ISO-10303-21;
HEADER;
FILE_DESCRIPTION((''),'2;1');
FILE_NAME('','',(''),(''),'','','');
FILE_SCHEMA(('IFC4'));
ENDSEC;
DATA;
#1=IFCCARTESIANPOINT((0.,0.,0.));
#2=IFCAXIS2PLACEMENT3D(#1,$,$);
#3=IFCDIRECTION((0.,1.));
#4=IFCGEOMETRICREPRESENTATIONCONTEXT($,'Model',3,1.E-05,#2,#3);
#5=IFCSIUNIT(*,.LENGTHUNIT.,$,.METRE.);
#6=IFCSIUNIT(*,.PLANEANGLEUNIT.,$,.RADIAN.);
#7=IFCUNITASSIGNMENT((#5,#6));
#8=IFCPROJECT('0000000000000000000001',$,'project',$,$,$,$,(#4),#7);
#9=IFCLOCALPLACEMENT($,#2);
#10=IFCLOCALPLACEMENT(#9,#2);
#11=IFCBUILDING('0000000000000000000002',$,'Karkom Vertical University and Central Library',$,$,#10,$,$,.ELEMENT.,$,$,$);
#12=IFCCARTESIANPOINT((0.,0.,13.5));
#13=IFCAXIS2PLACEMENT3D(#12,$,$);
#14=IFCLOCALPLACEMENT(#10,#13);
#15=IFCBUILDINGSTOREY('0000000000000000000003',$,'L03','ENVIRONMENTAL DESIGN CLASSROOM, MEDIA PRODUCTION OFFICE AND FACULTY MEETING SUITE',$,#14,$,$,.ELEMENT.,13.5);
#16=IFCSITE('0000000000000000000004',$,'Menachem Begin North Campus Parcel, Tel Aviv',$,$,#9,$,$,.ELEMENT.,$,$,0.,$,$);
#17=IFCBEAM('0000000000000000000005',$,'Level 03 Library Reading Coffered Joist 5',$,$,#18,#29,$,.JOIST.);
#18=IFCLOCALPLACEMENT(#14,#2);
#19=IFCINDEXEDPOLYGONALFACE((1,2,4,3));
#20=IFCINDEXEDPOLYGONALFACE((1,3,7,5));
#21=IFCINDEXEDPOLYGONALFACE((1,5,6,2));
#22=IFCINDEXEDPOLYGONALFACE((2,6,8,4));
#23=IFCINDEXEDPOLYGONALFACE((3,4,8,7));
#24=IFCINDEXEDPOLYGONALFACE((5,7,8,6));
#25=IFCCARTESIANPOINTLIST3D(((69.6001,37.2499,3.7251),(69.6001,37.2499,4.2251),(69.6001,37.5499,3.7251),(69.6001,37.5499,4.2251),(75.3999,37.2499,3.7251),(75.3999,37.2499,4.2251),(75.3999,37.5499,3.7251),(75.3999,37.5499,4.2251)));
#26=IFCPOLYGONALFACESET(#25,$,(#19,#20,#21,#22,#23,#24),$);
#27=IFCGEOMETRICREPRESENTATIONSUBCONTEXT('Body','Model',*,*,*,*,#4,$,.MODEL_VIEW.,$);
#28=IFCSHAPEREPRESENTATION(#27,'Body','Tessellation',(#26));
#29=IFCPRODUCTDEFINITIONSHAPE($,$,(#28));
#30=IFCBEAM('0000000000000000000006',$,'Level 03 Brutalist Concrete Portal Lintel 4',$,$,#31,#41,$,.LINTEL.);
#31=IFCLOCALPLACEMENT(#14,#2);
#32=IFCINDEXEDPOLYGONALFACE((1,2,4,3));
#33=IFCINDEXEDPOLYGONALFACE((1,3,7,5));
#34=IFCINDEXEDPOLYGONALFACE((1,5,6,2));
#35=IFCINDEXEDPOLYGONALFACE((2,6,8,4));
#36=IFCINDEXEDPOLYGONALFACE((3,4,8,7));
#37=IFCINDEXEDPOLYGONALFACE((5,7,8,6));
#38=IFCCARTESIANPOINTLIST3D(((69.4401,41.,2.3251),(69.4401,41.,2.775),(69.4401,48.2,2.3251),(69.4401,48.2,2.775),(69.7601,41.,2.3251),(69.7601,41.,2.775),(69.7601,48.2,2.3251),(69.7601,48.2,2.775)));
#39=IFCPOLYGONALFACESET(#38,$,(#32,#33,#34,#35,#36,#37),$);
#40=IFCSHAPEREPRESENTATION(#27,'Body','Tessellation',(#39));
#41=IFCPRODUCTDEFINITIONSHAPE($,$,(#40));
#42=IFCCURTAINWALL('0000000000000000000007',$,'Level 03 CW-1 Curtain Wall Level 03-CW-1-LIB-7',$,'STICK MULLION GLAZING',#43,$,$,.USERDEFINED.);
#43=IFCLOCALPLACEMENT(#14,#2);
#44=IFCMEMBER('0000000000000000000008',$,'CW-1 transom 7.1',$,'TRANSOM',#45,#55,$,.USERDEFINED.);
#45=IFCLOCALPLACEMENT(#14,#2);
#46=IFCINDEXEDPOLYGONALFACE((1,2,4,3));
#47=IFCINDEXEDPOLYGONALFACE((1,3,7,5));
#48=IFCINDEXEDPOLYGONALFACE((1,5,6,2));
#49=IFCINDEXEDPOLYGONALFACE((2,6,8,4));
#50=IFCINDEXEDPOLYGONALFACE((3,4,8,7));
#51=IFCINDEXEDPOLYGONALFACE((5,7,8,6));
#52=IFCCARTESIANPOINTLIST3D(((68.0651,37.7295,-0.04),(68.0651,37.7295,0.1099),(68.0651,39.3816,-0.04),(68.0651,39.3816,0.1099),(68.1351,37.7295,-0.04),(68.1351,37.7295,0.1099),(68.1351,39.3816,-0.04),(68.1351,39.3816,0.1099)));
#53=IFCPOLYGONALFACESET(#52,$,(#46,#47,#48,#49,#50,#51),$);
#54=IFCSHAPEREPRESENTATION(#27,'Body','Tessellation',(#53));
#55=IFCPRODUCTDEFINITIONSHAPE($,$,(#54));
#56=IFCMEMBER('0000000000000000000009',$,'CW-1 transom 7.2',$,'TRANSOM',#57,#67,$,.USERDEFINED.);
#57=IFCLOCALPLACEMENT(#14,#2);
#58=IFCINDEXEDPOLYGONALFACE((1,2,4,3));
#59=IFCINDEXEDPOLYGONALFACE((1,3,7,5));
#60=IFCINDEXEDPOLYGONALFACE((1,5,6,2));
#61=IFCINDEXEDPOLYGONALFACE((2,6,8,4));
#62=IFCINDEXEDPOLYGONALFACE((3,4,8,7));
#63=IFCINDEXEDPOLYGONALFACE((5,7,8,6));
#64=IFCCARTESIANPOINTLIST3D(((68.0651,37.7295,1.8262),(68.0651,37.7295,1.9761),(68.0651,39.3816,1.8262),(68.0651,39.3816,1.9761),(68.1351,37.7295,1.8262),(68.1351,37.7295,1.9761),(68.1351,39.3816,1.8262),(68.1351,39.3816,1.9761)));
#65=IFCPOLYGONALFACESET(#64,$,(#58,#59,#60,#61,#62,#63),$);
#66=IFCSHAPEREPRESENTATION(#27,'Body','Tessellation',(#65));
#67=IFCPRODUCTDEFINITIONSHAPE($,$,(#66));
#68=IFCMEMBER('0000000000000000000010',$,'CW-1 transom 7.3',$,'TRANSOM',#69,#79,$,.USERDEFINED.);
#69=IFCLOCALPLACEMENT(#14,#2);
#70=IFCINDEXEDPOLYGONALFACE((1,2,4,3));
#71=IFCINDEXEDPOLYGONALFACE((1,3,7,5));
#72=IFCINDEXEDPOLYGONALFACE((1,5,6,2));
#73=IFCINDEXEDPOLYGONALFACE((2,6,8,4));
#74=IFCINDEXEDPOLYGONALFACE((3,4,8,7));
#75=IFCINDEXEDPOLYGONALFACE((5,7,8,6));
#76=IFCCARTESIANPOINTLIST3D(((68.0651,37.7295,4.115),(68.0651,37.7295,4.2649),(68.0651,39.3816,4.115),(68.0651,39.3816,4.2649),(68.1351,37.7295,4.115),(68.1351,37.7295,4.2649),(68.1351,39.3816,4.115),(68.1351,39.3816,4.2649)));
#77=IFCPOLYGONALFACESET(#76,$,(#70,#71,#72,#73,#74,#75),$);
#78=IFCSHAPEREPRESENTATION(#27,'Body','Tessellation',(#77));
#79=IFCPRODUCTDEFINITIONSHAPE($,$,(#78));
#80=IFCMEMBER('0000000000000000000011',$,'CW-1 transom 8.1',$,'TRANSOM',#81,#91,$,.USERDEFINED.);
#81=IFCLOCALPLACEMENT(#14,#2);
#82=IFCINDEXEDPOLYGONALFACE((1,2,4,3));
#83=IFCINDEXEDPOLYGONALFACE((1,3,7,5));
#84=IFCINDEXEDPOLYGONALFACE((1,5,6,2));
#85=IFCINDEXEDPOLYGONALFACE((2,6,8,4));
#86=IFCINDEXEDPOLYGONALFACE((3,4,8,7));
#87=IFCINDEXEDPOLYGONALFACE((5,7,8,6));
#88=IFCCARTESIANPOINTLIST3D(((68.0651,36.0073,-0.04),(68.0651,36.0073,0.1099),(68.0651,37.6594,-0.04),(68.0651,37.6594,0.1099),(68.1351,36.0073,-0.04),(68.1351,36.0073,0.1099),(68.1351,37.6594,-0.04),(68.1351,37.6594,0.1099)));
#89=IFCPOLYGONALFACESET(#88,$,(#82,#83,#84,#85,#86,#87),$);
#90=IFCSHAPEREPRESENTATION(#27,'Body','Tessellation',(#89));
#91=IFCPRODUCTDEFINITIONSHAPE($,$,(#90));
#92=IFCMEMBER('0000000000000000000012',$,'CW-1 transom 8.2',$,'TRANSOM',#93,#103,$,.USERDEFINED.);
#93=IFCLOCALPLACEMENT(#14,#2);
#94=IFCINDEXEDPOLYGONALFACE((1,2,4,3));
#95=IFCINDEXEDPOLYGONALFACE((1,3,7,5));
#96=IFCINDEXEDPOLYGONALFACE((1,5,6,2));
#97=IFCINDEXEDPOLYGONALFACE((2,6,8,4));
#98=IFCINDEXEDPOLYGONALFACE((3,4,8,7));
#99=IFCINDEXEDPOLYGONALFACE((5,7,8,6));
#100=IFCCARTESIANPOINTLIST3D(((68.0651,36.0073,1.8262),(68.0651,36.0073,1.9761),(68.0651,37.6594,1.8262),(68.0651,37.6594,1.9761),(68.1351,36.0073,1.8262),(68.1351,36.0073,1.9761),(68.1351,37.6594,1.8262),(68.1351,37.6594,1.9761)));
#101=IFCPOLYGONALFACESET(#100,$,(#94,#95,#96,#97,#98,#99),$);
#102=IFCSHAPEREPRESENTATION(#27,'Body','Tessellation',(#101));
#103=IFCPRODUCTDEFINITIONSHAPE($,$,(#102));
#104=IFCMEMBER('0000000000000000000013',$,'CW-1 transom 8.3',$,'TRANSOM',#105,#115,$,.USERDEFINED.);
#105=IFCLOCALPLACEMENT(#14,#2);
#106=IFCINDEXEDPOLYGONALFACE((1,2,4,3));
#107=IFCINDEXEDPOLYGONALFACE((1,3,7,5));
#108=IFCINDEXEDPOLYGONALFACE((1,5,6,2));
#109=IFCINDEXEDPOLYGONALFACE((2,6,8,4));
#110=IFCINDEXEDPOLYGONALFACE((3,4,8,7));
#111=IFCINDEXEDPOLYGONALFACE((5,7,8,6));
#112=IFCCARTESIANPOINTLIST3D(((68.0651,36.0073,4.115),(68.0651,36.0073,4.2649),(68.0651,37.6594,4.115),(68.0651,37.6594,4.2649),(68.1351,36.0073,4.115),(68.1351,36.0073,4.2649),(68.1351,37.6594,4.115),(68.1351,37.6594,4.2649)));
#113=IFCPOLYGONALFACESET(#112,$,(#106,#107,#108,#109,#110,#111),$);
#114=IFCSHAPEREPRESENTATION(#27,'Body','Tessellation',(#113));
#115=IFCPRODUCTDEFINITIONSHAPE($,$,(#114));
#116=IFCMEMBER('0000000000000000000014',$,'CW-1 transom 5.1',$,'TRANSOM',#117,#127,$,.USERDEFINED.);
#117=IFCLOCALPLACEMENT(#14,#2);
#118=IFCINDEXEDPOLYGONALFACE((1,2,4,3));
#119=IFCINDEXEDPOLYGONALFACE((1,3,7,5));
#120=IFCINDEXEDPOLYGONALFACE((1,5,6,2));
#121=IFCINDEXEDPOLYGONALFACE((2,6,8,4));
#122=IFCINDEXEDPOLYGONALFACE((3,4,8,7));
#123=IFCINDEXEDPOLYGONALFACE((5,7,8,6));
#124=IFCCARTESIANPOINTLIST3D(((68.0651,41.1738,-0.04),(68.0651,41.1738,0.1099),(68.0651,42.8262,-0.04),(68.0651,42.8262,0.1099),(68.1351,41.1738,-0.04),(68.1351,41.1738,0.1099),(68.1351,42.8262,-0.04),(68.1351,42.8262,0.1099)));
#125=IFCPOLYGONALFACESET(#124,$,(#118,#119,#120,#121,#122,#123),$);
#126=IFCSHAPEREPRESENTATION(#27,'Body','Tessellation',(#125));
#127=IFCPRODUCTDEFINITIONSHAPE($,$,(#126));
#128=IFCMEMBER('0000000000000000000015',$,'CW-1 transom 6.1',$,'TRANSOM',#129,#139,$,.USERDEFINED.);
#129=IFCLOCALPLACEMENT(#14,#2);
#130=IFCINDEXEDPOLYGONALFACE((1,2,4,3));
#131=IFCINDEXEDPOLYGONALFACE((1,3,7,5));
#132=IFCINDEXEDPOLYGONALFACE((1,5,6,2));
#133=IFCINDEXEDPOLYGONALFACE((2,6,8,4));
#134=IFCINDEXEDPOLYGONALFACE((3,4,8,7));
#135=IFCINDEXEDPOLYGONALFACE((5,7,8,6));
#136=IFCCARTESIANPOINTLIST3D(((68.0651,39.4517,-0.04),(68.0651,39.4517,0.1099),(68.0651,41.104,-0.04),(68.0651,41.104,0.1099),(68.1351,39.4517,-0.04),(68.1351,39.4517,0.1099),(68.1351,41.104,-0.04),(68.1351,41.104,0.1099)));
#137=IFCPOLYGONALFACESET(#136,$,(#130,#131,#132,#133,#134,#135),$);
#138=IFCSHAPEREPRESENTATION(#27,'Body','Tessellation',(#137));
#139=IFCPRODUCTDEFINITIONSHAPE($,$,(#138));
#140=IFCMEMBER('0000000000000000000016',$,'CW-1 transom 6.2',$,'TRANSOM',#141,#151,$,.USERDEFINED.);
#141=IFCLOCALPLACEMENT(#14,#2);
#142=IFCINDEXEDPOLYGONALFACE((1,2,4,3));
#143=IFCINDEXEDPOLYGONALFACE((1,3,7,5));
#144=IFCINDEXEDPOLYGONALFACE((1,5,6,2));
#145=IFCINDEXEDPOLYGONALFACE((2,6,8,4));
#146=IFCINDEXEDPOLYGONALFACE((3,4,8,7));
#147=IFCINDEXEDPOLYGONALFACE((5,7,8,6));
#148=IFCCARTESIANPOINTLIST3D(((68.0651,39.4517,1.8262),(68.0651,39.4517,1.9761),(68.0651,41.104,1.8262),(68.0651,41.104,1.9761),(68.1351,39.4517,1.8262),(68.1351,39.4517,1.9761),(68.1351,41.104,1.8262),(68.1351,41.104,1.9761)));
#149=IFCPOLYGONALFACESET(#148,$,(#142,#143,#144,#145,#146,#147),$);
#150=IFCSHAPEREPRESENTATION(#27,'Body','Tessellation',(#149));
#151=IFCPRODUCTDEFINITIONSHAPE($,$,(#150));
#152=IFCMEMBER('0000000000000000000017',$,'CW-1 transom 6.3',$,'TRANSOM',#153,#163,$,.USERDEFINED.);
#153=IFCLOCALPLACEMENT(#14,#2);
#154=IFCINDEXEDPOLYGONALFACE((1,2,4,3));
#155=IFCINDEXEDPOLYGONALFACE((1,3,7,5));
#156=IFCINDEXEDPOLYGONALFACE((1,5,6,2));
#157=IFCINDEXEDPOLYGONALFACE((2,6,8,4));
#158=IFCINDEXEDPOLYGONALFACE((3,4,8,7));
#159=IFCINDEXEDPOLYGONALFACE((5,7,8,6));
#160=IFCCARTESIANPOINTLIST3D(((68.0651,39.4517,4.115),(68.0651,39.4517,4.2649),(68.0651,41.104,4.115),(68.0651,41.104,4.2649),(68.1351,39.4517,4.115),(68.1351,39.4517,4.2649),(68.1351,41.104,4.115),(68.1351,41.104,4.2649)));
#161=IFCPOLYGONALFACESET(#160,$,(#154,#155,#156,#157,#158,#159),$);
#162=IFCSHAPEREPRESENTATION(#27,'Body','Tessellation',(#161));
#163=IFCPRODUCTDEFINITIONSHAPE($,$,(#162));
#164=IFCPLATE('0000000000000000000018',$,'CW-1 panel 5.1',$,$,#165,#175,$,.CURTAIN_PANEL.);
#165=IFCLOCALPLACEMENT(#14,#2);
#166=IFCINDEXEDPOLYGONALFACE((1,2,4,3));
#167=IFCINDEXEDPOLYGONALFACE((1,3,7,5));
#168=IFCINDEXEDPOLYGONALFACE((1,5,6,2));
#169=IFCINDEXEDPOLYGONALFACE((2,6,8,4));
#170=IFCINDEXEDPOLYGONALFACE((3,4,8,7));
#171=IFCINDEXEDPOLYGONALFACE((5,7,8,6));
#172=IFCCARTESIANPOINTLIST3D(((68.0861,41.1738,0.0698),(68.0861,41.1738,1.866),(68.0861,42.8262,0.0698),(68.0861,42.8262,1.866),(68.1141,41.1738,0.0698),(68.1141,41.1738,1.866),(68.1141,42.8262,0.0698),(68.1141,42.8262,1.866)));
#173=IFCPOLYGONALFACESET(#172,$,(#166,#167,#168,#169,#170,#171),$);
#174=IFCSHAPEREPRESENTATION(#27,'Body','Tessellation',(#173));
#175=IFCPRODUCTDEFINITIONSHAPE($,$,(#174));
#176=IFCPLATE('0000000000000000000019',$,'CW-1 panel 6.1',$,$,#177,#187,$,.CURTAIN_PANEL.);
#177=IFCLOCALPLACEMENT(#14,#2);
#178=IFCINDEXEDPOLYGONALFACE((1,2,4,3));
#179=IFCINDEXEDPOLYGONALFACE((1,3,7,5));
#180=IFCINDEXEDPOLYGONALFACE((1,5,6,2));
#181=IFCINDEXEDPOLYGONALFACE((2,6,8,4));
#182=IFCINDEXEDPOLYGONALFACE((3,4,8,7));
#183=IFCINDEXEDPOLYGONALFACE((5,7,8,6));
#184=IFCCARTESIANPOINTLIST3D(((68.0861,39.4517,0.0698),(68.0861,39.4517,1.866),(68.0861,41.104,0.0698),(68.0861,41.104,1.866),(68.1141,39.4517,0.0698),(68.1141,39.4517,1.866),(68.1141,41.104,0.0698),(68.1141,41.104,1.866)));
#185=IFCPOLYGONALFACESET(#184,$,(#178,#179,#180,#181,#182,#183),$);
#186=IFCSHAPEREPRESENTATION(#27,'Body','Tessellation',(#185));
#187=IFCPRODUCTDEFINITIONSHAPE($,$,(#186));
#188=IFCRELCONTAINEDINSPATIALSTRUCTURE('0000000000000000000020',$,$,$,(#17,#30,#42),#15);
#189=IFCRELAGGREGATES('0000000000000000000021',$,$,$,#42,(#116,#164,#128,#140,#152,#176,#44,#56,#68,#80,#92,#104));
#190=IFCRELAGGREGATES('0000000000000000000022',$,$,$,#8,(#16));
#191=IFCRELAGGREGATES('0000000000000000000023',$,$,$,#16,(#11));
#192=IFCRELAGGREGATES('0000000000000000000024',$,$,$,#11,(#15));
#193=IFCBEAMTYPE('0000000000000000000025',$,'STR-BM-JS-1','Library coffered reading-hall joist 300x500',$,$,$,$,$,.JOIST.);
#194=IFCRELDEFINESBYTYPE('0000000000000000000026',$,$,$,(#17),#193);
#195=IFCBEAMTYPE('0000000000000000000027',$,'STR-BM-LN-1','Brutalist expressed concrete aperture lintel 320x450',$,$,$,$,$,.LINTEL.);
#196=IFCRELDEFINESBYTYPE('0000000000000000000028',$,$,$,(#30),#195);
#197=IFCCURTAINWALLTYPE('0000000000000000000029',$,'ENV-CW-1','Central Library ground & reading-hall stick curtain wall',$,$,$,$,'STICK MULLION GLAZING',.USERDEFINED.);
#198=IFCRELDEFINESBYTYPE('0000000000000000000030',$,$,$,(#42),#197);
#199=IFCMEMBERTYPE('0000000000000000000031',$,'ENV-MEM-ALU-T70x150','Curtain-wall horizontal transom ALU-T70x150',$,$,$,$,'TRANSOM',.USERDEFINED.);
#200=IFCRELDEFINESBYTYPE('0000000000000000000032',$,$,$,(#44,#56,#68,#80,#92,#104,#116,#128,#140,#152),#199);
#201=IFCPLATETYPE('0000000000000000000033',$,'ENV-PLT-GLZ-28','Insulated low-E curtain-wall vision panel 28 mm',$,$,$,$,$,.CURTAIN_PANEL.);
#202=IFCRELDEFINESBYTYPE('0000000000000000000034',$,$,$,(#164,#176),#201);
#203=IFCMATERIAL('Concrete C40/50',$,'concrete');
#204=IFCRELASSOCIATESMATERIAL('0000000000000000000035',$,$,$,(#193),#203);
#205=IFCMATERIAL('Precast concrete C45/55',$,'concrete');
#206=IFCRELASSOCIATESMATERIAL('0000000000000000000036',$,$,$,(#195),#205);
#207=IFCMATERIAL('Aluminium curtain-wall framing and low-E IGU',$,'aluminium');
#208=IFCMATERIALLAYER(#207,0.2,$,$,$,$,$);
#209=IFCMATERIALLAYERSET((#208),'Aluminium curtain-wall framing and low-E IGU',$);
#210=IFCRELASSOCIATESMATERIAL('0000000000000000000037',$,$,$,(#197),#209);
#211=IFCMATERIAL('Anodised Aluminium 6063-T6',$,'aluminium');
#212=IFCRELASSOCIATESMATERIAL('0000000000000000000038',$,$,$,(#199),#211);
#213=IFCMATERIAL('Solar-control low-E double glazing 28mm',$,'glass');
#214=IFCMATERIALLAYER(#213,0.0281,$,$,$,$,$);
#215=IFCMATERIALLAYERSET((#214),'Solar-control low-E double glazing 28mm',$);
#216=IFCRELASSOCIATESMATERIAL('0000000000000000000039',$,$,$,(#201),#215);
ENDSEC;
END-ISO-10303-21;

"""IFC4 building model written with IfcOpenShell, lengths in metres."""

from ifc_helpers import new_model, si_unit, direction, frame, origin, origin_with_axes, origin_2d, place, context, subcontext, project, spatial, rectangle, extrude, source, transform, mapped, material, layer, layer_set, material_profile, profile_set, type_object, element, aggregate, save


model = new_model("IFC4")

# Units and contexts
model_context = context("Model", 3, precision=1e-05, world=origin(), true_north=direction((0.0, 1.0)))
body_context = subcontext(model_context, "Body", "Model", "MODEL_VIEW")
ifc_project = project(units=[si_unit("LENGTHUNIT", "METRE"), si_unit("PLANEANGLEUNIT", "RADIAN")], contexts=[model_context])

# Site, building, storey
site_placement = place(None, origin())
site = spatial("IfcSite", under=ifc_project, at=site_placement, Name="Menachem Begin North Campus Parcel, Tel Aviv", CompositionType="ELEMENT", RefElevation=0.0)
building_placement = place(site_placement, origin())
building = spatial("IfcBuilding", under=site, at=building_placement, Name="Karkom Vertical University and Central Library", CompositionType="ELEMENT")
storey_placement = place(building_placement, frame((0.0, 0.0, 13.5)))
storey = spatial("IfcBuildingStorey", under=building, at=storey_placement, Name="L03", Description="ENVIRONMENTAL DESIGN CLASSROOM, MEDIA PRODUCTION OFFICE AND FACULTY MEETING SUITE", CompositionType="ELEMENT", Elevation=13.5)

# Shared definitions
ifc_material_1 = material(Name="Concrete C40/50", Category="concrete")
ifc_material_2 = material(Name="Precast concrete C45/55", Category="concrete")

# Beams
ifc_material_profile_1 = material_profile(ifc_material_1, rectangle(XDim=0.3, YDim=0.5, at=origin_2d()), Name="RCJ-300x500")
ifc_profile_set_1 = profile_set([ifc_material_profile_1], Name="Concrete C40/50")
beam_type_1 = type_object("IfcBeamType", Name="STR-BM-JS-1", Description="Library coffered reading-hall joist 300x500", PredefinedType="JOIST", material=ifc_profile_set_1)
shared_shape_1 = source(origin_with_axes(), body_context, "Body", "SweptSolid", [
    extrude(rectangle(XDim=0.3, YDim=0.5, at=origin_2d()), origin(), (0.0, 0.0, 1.0), 5.7998),
])
beam_1_placement = place(storey_placement, frame((69.6001, 37.3999, 3.9751), z_axis=(1.0, 0.0, 0.0), x_axis=(0.0, 1.0, 0.0)))
element("IfcBeam", 1, at=beam_1_placement, inside=storey, type_object=beam_type_1, Name="Level 03 Library Reading Coffered Joist 5", PredefinedType="JOIST", context=body_context, shape_type="MappedRepresentation", body=[
    mapped(shared_shape_1, transform((0.0, 0.0, 0.0), scale=1.0)),
])
ifc_material_profile_2 = material_profile(ifc_material_2, rectangle(XDim=0.3201, YDim=0.45, at=origin_2d()), Name="RCL-320x450")
ifc_profile_set_2 = profile_set([ifc_material_profile_2], Name="Precast concrete C45/55")
beam_type_2 = type_object("IfcBeamType", Name="STR-BM-LN-1", Description="Brutalist expressed concrete aperture lintel 320x450", PredefinedType="LINTEL", material=ifc_profile_set_2)
shared_shape_2 = source(origin_with_axes(), body_context, "Body", "SweptSolid", [
    extrude(rectangle(XDim=0.3201, YDim=0.45, at=origin_2d()), origin(), (0.0, 0.0, 1.0), 7.2),
])
beam_2_placement = place(storey_placement, frame((69.6001, 41.0, 2.55), z_axis=(0.0, 1.0, 0.0), x_axis=(-1.0, 0.0, 0.0)))
element("IfcBeam", 2, at=beam_2_placement, inside=storey, type_object=beam_type_2, Name="Level 03 Brutalist Concrete Portal Lintel 4", PredefinedType="LINTEL", context=body_context, shape_type="MappedRepresentation", body=[
    mapped(shared_shape_2, transform((0.0, 0.0, 0.0), scale=1.0)),
])

# Curtain wall, members, plates
ifc_material_3 = material(Name="Aluminium curtain-wall framing and low-E IGU", Category="aluminium")
ifc_layer_1 = layer(ifc_material_3, 0.2)
ifc_layer_set_1 = layer_set([ifc_layer_1], Name="Aluminium curtain-wall framing and low-E IGU")
curtain_wall_type = type_object("IfcCurtainWallType", Name="ENV-CW-1", Description="Central Library ground & reading-hall stick curtain wall", ElementType="STICK MULLION GLAZING", PredefinedType="USERDEFINED", material=ifc_layer_set_1)
curtain_wall_placement = place(storey_placement, origin())
curtain_wall = element("IfcCurtainWall", 3, at=curtain_wall_placement, inside=storey, type_object=curtain_wall_type, Name="Level 03 CW-1 Curtain Wall Level 03-CW-1-LIB-7", ObjectType="STICK MULLION GLAZING", PredefinedType="USERDEFINED")
ifc_material_4 = material(Name="Anodised Aluminium 6063-T6", Category="aluminium")
ifc_material_profile_3 = material_profile(ifc_material_4, rectangle(XDim=0.0701, YDim=0.1499, at=origin_2d()), Name="ALU-T70x150")
ifc_profile_set_3 = profile_set([ifc_material_profile_3], Name="Anodised Aluminium 6063-T6")
member_type = type_object("IfcMemberType", Name="ENV-MEM-ALU-T70x150", Description="Curtain-wall horizontal transom ALU-T70x150", ElementType="TRANSOM", PredefinedType="USERDEFINED", material=ifc_profile_set_3)
shared_shape_3 = source(origin_with_axes(), body_context, "Body", "SweptSolid", [
    extrude(rectangle(XDim=0.0701, YDim=0.1499, at=origin_2d()), origin(), (0.0, 0.0, 1.0), 1.6521),
])
member_1_placement = place(storey_placement, frame((68.1001, 39.3816, 0.0349), z_axis=(0.0, -1.0, 0.0), x_axis=(1.0, 0.0, 0.0)))
member_1 = element("IfcMember", 4, at=member_1_placement, type_object=member_type, Name="CW-1 transom 7.1", ObjectType="TRANSOM", PredefinedType="USERDEFINED", context=body_context, shape_type="MappedRepresentation", body=[
    mapped(shared_shape_3, transform((0.0, 0.0, 0.0), scale=1.0)),
])
member_2_placement = place(storey_placement, frame((68.1001, 39.3816, 1.9011), z_axis=(0.0, -1.0, 0.0), x_axis=(1.0, 0.0, 0.0)))
member_2 = element("IfcMember", 5, at=member_2_placement, type_object=member_type, Name="CW-1 transom 7.2", ObjectType="TRANSOM", PredefinedType="USERDEFINED", context=body_context, shape_type="MappedRepresentation", body=[
    mapped(shared_shape_3, transform((0.0, 0.0, 0.0), scale=1.0)),
])
member_3_placement = place(storey_placement, frame((68.1001, 39.3816, 4.1899), z_axis=(0.0, -1.0, 0.0), x_axis=(1.0, 0.0, 0.0)))
member_3 = element("IfcMember", 6, at=member_3_placement, type_object=member_type, Name="CW-1 transom 7.3", ObjectType="TRANSOM", PredefinedType="USERDEFINED", context=body_context, shape_type="MappedRepresentation", body=[
    mapped(shared_shape_3, transform((0.0, 0.0, 0.0), scale=1.0)),
])
member_4_placement = place(storey_placement, frame((68.1001, 37.6594, 0.0349), z_axis=(0.0, -1.0, 0.0), x_axis=(1.0, 0.0, 0.0)))
member_4 = element("IfcMember", 7, at=member_4_placement, type_object=member_type, Name="CW-1 transom 8.1", ObjectType="TRANSOM", PredefinedType="USERDEFINED", context=body_context, shape_type="MappedRepresentation", body=[
    mapped(shared_shape_3, transform((0.0, 0.0, 0.0), scale=1.0)),
])
member_5_placement = place(storey_placement, frame((68.1001, 37.6594, 1.9011), z_axis=(0.0, -1.0, 0.0), x_axis=(1.0, 0.0, 0.0)))
member_5 = element("IfcMember", 8, at=member_5_placement, type_object=member_type, Name="CW-1 transom 8.2", ObjectType="TRANSOM", PredefinedType="USERDEFINED", context=body_context, shape_type="MappedRepresentation", body=[
    mapped(shared_shape_3, transform((0.0, 0.0, 0.0), scale=1.0)),
])
member_6_placement = place(storey_placement, frame((68.1001, 37.6594, 4.1899), z_axis=(0.0, -1.0, 0.0), x_axis=(1.0, 0.0, 0.0)))
member_6 = element("IfcMember", 9, at=member_6_placement, type_object=member_type, Name="CW-1 transom 8.3", ObjectType="TRANSOM", PredefinedType="USERDEFINED", context=body_context, shape_type="MappedRepresentation", body=[
    mapped(shared_shape_3, transform((0.0, 0.0, 0.0), scale=1.0)),
])
shared_shape_4 = source(origin_with_axes(), body_context, "Body", "SweptSolid", [
    extrude(rectangle(XDim=0.0701, YDim=0.1499, at=origin_2d()), origin(), (0.0, 0.0, 1.0), 1.6523),
])
member_7_placement = place(storey_placement, frame((68.1001, 42.8262, 0.0349), z_axis=(0.0, -1.0, 0.0), x_axis=(1.0, 0.0, 0.0)))
member_7 = element("IfcMember", 10, at=member_7_placement, type_object=member_type, Name="CW-1 transom 5.1", ObjectType="TRANSOM", PredefinedType="USERDEFINED", context=body_context, shape_type="MappedRepresentation", body=[
    mapped(shared_shape_4, transform((0.0, 0.0, 0.0), scale=1.0)),
])
member_8_placement = place(storey_placement, frame((68.1001, 41.104, 0.0349), z_axis=(0.0, -1.0, 0.0), x_axis=(1.0, 0.0, 0.0)))
member_8 = element("IfcMember", 11, at=member_8_placement, type_object=member_type, Name="CW-1 transom 6.1", ObjectType="TRANSOM", PredefinedType="USERDEFINED", context=body_context, shape_type="MappedRepresentation", body=[
    mapped(shared_shape_4, transform((0.0, 0.0, 0.0), scale=1.0)),
])
member_9_placement = place(storey_placement, frame((68.1001, 41.104, 1.9011), z_axis=(0.0, -1.0, 0.0), x_axis=(1.0, 0.0, 0.0)))
member_9 = element("IfcMember", 12, at=member_9_placement, type_object=member_type, Name="CW-1 transom 6.2", ObjectType="TRANSOM", PredefinedType="USERDEFINED", context=body_context, shape_type="MappedRepresentation", body=[
    mapped(shared_shape_4, transform((0.0, 0.0, 0.0), scale=1.0)),
])
member_10_placement = place(storey_placement, frame((68.1001, 41.104, 4.1899), z_axis=(0.0, -1.0, 0.0), x_axis=(1.0, 0.0, 0.0)))
member_10 = element("IfcMember", 13, at=member_10_placement, type_object=member_type, Name="CW-1 transom 6.3", ObjectType="TRANSOM", PredefinedType="USERDEFINED", context=body_context, shape_type="MappedRepresentation", body=[
    mapped(shared_shape_4, transform((0.0, 0.0, 0.0), scale=1.0)),
])
ifc_material_5 = material(Name="Solar-control low-E double glazing 28mm", Category="glass")
ifc_layer_2 = layer(ifc_material_5, 0.0281)
ifc_layer_set_2 = layer_set([ifc_layer_2], Name="Solar-control low-E double glazing 28mm")
plate_type = type_object("IfcPlateType", Name="ENV-PLT-GLZ-28", Description="Insulated low-E curtain-wall vision panel 28 mm", PredefinedType="CURTAIN_PANEL", material=ifc_layer_set_2)
shared_shape_5 = source(origin_with_axes(), body_context, "Body", "SweptSolid", [
    extrude(rectangle(XDim=1.6523, YDim=0.0281, at=origin_2d()), origin(), (0.0, 0.0, 1.0), 1.7961),
])
plate_1_placement = place(storey_placement, frame((68.1001, 42.0, 0.0698), z_axis=(0.0, 0.0, 1.0), x_axis=(0.0, -1.0, 0.0)))
plate_1 = element("IfcPlate", 14, at=plate_1_placement, type_object=plate_type, Name="CW-1 panel 5.1", PredefinedType="CURTAIN_PANEL", context=body_context, shape_type="MappedRepresentation", body=[
    mapped(shared_shape_5, transform((0.0, 0.0, 0.0), scale=1.0)),
])
plate_2_placement = place(storey_placement, frame((68.1001, 40.2778, 0.0698), z_axis=(0.0, 0.0, 1.0), x_axis=(0.0, -1.0, 0.0)))
plate_2 = element("IfcPlate", 15, at=plate_2_placement, type_object=plate_type, Name="CW-1 panel 6.1", PredefinedType="CURTAIN_PANEL", context=body_context, shape_type="MappedRepresentation", body=[
    mapped(shared_shape_5, transform((0.0, 0.0, 0.0), scale=1.0)),
])
aggregate(curtain_wall, [member_7, plate_1, member_8, member_9, member_10, plate_2, member_1, member_2, member_3, member_4, member_5, member_6])

save(model, "model.ifc")
